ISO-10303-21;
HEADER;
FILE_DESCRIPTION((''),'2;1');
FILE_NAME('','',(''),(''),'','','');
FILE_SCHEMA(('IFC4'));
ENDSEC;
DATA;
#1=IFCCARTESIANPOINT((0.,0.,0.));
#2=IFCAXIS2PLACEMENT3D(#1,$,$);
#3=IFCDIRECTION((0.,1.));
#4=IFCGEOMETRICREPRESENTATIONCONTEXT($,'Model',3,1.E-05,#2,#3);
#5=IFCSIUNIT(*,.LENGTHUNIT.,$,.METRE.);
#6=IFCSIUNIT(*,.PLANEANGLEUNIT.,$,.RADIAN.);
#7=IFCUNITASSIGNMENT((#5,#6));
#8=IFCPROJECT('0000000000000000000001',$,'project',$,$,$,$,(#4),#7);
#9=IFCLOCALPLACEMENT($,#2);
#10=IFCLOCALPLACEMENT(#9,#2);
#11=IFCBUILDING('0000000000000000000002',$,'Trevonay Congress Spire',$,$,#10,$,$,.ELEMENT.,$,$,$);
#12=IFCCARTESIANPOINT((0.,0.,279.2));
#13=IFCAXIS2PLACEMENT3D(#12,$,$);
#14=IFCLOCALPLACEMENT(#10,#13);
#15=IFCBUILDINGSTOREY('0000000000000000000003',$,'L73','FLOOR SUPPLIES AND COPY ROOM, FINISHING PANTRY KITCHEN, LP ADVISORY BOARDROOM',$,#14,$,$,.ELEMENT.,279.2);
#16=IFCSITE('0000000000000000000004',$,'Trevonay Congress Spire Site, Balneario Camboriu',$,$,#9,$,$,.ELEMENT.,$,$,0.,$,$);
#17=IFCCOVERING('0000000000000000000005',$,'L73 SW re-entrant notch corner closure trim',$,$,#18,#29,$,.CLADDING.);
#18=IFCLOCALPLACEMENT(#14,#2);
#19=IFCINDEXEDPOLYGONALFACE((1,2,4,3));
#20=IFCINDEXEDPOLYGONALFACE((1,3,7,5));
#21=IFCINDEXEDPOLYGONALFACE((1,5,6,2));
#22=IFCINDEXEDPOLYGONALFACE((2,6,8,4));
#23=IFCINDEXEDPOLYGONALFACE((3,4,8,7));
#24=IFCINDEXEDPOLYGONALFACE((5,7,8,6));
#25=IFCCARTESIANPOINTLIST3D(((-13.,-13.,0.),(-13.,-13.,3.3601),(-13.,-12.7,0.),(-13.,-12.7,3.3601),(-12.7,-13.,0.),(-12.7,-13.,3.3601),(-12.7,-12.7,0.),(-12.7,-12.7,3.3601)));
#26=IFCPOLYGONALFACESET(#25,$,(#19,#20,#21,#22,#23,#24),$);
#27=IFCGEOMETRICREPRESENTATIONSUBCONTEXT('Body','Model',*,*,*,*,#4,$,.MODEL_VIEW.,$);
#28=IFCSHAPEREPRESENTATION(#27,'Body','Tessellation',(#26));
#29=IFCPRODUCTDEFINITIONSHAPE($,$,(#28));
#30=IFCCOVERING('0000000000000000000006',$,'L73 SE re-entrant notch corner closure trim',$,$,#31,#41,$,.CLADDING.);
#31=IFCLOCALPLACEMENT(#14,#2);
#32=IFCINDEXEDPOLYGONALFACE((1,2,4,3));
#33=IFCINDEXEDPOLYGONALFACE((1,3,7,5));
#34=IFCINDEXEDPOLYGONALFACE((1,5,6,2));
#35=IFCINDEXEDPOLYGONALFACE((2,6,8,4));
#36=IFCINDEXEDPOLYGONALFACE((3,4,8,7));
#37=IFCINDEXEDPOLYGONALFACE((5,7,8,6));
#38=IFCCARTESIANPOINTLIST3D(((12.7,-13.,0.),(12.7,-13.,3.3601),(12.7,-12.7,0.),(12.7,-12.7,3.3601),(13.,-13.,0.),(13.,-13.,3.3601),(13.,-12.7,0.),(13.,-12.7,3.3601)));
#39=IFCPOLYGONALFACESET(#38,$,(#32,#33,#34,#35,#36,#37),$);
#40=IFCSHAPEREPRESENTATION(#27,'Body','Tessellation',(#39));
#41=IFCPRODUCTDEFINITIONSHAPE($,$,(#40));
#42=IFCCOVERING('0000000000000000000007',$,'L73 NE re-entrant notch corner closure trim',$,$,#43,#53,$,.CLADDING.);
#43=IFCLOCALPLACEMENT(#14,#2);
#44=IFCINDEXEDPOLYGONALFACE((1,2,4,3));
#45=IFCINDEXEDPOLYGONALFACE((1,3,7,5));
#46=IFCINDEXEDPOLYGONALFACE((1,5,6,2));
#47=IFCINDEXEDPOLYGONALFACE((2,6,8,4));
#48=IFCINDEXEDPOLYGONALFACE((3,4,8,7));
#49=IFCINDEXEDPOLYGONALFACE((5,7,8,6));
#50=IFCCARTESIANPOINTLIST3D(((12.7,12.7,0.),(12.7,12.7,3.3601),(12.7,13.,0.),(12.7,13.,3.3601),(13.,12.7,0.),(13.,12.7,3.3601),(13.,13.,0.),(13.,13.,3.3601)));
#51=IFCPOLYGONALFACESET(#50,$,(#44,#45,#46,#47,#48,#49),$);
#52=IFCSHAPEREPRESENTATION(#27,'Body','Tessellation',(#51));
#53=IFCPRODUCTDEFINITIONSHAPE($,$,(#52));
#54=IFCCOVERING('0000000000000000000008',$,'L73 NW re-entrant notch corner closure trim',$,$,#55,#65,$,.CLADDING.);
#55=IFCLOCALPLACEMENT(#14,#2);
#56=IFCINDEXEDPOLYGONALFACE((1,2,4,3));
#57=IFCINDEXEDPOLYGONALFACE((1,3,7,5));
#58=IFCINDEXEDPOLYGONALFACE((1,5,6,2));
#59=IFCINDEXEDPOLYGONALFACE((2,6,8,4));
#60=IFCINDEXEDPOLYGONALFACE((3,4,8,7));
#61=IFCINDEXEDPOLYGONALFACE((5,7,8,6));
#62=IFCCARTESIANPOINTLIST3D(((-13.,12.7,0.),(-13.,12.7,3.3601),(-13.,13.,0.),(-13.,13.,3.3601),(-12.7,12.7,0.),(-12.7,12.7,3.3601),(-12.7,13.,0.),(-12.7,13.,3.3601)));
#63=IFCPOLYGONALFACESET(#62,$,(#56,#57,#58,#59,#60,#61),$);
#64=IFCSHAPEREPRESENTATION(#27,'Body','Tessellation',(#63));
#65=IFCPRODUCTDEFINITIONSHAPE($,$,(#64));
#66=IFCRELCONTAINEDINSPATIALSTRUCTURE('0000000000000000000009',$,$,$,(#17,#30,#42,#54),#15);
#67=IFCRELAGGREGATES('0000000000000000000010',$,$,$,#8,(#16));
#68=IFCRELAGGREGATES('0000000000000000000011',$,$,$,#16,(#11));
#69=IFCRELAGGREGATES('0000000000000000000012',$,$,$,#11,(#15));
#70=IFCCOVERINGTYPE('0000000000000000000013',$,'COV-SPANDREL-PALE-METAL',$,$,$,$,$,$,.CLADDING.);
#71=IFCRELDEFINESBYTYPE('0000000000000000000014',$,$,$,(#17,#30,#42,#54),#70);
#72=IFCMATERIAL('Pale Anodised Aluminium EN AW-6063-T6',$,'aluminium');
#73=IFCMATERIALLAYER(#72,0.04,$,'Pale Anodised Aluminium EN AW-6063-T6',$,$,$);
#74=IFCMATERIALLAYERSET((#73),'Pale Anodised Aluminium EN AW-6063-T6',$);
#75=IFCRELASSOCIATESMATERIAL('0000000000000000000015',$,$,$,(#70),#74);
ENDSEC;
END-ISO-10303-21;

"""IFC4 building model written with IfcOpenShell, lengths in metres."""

from ifc_helpers import new_model, si_unit, direction, frame, origin, place, context, subcontext, project, spatial, polyline, outline, extrude, material, layer, layer_set, type_object, element, save


model = new_model("IFC4")

# Units and contexts
model_context = context("Model", 3, precision=1e-05, world=origin(), true_north=direction((0.0, 1.0)))
body_context = subcontext(model_context, "Body", "Model", "MODEL_VIEW")
ifc_project = project(units=[si_unit("LENGTHUNIT", "METRE"), si_unit("PLANEANGLEUNIT", "RADIAN")], contexts=[model_context])

# Site, building, storey
site_placement = place(None, origin())
site = spatial("IfcSite", under=ifc_project, at=site_placement, Name="Trevonay Congress Spire Site, Balneario Camboriu", CompositionType="ELEMENT", RefElevation=0.0)
building_placement = place(site_placement, origin())
building = spatial("IfcBuilding", under=site, at=building_placement, Name="Trevonay Congress Spire", CompositionType="ELEMENT")
storey_placement = place(building_placement, frame((0.0, 0.0, 279.2)))
storey = spatial("IfcBuildingStorey", under=building, at=storey_placement, Name="L73", Description="FLOOR SUPPLIES AND COPY ROOM, FINISHING PANTRY KITCHEN, LP ADVISORY BOARDROOM", CompositionType="ELEMENT", Elevation=279.2)

# Shared definitions
ifc_material_1 = material(Name="Pale Anodised Aluminium EN AW-6063-T6", Category="aluminium")

# Coverings
ifc_layer_1 = layer(ifc_material_1, 0.04, Name="Pale Anodised Aluminium EN AW-6063-T6")
ifc_layer_set_1 = layer_set([ifc_layer_1], Name="Pale Anodised Aluminium EN AW-6063-T6")
covering_type = type_object("IfcCoveringType", Name="COV-SPANDREL-PALE-METAL", PredefinedType="CLADDING", material=ifc_layer_set_1)
covering_1_placement = place(storey_placement, origin())
element("IfcCovering", 1, at=covering_1_placement, inside=storey, type_object=covering_type, Name="L73 SW re-entrant notch corner closure trim", PredefinedType="CLADDING", context=body_context, shape_type="SweptSolid", body=[
    extrude(outline(polyline([(-13.0, -13.0), (-12.7, -13.0), (-12.7, -12.7), (-13.0, -12.7), (-13.0, -13.0)])), origin(), (0.0, 0.0, 1.0), 3.3601),
])
covering_2_placement = place(storey_placement, origin())
element("IfcCovering", 2, at=covering_2_placement, inside=storey, type_object=covering_type, Name="L73 SE re-entrant notch corner closure trim", PredefinedType="CLADDING", context=body_context, shape_type="SweptSolid", body=[
    extrude(outline(polyline([(12.7, -13.0), (13.0, -13.0), (13.0, -12.7), (12.7, -12.7), (12.7, -13.0)])), origin(), (0.0, 0.0, 1.0), 3.3601),
])
covering_3_placement = place(storey_placement, origin())
element("IfcCovering", 3, at=covering_3_placement, inside=storey, type_object=covering_type, Name="L73 NE re-entrant notch corner closure trim", PredefinedType="CLADDING", context=body_context, shape_type="SweptSolid", body=[
    extrude(outline(polyline([(12.7, 12.7), (13.0, 12.7), (13.0, 13.0), (12.7, 13.0), (12.7, 12.7)])), origin(), (0.0, 0.0, 1.0), 3.3601),
])
covering_4_placement = place(storey_placement, origin())
element("IfcCovering", 4, at=covering_4_placement, inside=storey, type_object=covering_type, Name="L73 NW re-entrant notch corner closure trim", PredefinedType="CLADDING", context=body_context, shape_type="SweptSolid", body=[
    extrude(outline(polyline([(-13.0, 12.7), (-12.7, 12.7), (-12.7, 13.0), (-13.0, 13.0), (-13.0, 12.7)])), origin(), (0.0, 0.0, 1.0), 3.3601),
])

save(model, "model.ifc")
